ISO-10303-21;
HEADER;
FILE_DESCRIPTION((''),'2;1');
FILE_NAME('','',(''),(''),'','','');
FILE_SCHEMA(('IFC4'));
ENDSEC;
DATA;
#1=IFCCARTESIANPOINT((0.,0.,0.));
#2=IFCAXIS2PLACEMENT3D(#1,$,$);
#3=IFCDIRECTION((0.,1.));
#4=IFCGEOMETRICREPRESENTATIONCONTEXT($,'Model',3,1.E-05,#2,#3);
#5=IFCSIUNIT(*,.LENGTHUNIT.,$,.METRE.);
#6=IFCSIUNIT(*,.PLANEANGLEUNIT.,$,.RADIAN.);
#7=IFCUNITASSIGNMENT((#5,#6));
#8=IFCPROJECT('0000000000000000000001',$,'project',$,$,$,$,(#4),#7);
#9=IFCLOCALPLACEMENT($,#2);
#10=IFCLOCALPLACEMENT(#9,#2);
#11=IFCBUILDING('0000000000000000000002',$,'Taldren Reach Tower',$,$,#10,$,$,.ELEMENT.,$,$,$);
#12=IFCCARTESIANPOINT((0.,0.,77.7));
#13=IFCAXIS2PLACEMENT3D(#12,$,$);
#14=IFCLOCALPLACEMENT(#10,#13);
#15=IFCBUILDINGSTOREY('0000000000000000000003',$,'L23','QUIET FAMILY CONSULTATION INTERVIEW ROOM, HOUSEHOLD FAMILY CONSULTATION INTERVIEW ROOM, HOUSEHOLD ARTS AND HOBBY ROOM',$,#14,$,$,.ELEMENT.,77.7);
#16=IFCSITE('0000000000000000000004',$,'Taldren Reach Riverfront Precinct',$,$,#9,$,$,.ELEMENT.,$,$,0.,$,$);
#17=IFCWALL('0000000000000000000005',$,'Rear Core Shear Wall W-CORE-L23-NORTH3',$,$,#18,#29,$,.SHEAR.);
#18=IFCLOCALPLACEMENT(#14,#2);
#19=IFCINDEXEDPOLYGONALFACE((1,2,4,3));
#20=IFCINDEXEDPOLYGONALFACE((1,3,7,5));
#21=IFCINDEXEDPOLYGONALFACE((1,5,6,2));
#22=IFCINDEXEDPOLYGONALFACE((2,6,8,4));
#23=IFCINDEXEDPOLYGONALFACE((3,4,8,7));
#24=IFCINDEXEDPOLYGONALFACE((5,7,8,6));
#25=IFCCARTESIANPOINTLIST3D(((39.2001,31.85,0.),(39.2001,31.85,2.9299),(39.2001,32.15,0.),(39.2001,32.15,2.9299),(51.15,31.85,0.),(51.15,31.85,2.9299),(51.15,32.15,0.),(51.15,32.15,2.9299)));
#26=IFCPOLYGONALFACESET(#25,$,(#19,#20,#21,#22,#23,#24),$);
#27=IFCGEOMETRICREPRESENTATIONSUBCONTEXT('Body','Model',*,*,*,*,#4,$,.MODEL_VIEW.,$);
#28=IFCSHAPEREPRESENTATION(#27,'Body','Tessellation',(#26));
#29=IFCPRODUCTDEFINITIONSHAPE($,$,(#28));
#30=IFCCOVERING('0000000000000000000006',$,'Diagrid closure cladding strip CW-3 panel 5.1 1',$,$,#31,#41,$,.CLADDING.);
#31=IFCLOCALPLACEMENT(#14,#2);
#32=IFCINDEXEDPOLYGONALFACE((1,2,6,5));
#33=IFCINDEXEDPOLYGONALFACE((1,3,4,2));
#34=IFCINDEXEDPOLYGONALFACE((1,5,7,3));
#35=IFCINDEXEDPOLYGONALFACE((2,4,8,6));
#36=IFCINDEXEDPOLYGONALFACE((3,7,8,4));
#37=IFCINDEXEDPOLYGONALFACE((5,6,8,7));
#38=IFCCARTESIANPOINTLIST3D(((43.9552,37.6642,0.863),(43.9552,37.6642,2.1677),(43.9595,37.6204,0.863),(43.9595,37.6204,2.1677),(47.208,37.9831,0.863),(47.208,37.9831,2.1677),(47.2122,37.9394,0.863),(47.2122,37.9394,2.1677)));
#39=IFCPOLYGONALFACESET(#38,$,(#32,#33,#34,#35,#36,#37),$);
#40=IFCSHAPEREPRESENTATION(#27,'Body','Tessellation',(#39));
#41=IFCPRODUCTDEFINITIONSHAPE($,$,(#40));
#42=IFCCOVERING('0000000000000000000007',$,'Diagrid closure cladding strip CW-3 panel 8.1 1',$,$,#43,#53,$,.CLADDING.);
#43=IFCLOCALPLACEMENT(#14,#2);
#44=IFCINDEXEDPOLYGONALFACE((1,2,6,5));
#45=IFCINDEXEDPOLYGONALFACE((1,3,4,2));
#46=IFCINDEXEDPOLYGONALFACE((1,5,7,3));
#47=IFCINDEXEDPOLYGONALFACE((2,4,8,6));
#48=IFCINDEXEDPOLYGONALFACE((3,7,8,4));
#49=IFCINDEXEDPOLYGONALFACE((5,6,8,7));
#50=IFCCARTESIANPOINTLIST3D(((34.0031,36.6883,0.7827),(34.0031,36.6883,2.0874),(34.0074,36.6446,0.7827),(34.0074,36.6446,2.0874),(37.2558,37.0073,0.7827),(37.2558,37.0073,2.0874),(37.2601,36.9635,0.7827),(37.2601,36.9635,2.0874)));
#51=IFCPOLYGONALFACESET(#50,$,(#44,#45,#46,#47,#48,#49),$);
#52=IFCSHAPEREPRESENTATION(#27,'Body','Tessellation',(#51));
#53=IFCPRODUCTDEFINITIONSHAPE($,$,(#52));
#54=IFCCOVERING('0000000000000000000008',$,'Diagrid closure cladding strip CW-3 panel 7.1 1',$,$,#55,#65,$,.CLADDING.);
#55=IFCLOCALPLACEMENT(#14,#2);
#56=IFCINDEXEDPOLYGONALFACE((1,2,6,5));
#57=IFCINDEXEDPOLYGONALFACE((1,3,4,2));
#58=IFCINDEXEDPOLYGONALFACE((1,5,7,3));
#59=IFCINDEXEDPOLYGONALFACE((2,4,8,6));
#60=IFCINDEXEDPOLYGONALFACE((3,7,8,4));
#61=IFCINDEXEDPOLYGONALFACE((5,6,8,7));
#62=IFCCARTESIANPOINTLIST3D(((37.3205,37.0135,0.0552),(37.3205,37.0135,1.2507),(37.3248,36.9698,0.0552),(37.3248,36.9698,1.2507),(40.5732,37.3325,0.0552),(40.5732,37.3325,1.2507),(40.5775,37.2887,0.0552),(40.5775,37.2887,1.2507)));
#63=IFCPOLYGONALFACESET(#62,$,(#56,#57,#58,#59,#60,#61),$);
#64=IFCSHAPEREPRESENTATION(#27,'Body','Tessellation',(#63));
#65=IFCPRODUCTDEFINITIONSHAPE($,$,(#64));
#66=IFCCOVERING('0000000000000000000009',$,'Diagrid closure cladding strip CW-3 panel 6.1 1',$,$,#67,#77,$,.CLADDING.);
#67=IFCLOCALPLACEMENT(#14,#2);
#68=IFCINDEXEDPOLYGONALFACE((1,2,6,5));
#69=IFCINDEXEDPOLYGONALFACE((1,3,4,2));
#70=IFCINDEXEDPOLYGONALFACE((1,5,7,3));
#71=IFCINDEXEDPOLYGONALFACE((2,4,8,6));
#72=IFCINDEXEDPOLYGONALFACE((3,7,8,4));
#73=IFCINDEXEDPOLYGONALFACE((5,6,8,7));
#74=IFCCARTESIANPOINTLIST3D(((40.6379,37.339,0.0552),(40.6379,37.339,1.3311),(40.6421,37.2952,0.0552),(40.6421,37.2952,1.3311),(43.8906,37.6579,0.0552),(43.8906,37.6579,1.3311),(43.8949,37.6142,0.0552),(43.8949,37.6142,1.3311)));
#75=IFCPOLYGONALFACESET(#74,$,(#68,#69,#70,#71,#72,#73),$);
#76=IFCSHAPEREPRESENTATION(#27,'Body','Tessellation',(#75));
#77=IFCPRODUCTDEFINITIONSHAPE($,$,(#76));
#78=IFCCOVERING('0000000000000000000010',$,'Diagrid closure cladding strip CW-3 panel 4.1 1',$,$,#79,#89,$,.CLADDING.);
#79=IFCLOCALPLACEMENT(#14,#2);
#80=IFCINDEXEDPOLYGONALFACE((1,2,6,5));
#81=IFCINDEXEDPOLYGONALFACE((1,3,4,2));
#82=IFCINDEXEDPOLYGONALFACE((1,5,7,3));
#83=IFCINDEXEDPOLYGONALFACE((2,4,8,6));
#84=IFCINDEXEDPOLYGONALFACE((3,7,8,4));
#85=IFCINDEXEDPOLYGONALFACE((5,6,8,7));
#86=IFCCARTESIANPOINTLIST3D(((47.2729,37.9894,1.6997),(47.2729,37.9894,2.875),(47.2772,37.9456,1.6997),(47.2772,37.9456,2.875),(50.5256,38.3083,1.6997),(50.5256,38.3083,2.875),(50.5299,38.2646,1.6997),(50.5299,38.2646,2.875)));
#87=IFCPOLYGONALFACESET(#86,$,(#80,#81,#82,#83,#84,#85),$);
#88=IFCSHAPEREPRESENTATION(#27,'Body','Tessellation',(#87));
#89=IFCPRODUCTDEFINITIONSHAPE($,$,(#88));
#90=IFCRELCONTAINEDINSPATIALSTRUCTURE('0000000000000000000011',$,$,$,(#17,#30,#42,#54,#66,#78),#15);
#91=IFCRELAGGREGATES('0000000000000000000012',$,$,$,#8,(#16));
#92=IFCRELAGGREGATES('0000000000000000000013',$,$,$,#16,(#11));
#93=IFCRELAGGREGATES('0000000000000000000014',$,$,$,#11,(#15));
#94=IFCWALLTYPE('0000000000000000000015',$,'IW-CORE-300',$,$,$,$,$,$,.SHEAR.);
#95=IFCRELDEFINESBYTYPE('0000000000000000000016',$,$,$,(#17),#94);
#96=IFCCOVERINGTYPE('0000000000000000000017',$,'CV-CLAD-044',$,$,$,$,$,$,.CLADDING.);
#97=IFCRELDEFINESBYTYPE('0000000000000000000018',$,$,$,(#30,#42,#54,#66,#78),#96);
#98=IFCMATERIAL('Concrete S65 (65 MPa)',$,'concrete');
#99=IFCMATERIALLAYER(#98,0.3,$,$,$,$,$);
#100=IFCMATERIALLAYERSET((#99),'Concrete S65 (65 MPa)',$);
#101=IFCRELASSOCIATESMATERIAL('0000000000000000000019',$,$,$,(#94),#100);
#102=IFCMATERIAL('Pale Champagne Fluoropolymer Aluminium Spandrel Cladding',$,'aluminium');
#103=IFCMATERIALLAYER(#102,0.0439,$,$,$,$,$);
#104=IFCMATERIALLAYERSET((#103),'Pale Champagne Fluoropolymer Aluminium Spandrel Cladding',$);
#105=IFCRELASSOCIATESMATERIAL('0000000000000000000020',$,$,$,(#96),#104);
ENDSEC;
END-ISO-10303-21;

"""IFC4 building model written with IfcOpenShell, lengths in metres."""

from ifc_helpers import new_model, si_unit, direction, frame, frame_2d, origin, origin_2d, place, context, subcontext, project, spatial, rectangle, extrude, source, transform, mapped, material, layer, layer_set, type_object, element, save


model = new_model("IFC4")

# Units and contexts
model_context = context("Model", 3, precision=1e-05, world=origin(), true_north=direction((0.0, 1.0)))
body_context = subcontext(model_context, "Body", "Model", "MODEL_VIEW")
ifc_project = project(units=[si_unit("LENGTHUNIT", "METRE"), si_unit("PLANEANGLEUNIT", "RADIAN")], contexts=[model_context])

# Site, building, storey
site_placement = place(None, origin())
site = spatial("IfcSite", under=ifc_project, at=site_placement, Name="Taldren Reach Riverfront Precinct", CompositionType="ELEMENT", RefElevation=0.0)
building_placement = place(site_placement, origin())
building = spatial("IfcBuilding", under=site, at=building_placement, Name="Taldren Reach Tower", CompositionType="ELEMENT")
storey_placement = place(building_placement, frame((0.0, 0.0, 77.7)))
storey = spatial("IfcBuildingStorey", under=building, at=storey_placement, Name="L23", Description="QUIET FAMILY CONSULTATION INTERVIEW ROOM, HOUSEHOLD FAMILY CONSULTATION INTERVIEW ROOM, HOUSEHOLD ARTS AND HOBBY ROOM", CompositionType="ELEMENT", Elevation=77.7)

# Wall
ifc_material_1 = material(Name="Concrete S65 (65 MPa)", Category="concrete")
ifc_layer_1 = layer(ifc_material_1, 0.3)
ifc_layer_set_1 = layer_set([ifc_layer_1], Name="Concrete S65 (65 MPa)")
wall_type = type_object("IfcWallType", Name="IW-CORE-300", PredefinedType="SHEAR", material=ifc_layer_set_1)
shared_shape_1 = source(origin(), body_context, "Body", "SweptSolid", [
    extrude(rectangle(XDim=11.95, YDim=0.3, at=frame_2d((5.9751, 0.0))), origin(), (0.0, 0.0, 1.0), 2.9299),
])
wall_placement = place(storey_placement, frame((39.2, 32.0, 0.0), z_axis=(0.0, 0.0, 1.0), x_axis=(1.0, 0.0, 0.0)))
element("IfcWall", 1, at=wall_placement, inside=storey, type_object=wall_type, Name="Rear Core Shear Wall W-CORE-L23-NORTH3", PredefinedType="SHEAR", context=body_context, shape_type="MappedRepresentation", body=[
    mapped(shared_shape_1, transform((0.0, 0.0, 0.0), scale=1.0)),
])

# Coverings
ifc_material_2 = material(Name="Pale Champagne Fluoropolymer Aluminium Spandrel Cladding", Category="aluminium")
ifc_layer_2 = layer(ifc_material_2, 0.0439)
ifc_layer_set_2 = layer_set([ifc_layer_2], Name="Pale Champagne Fluoropolymer Aluminium Spandrel Cladding")
covering_type = type_object("IfcCoveringType", Name="CV-CLAD-044", PredefinedType="CLADDING", material=ifc_layer_set_2)
shared_shape_2 = source(origin(), body_context, "Body", "SweptSolid", [
    extrude(rectangle(XDim=3.2683, YDim=0.0439, at=origin_2d()), origin(), (0.0, 0.0, 1.0), 1.3047),
])
for number, where, z_axis, x_axis, name in (
    (2, (45.5837, 37.8018, 0.863), (0.0, 0.0, 1.0), (-0.995227, -0.097583, 0.0), "Diagrid closure cladding strip CW-3 panel 5.1 1"),
    (3, (35.6316, 36.8259, 0.7827), (0.0, 0.0, 1.0), (-0.995227, -0.097583, 0.0), "Diagrid closure cladding strip CW-3 panel 8.1 1"),
):
    element("IfcCovering", number, at=place(storey_placement, frame(where, z_axis=z_axis, x_axis=x_axis)), inside=storey, type_object=covering_type, Name=name, PredefinedType="CLADDING", context=body_context, shape_type="MappedRepresentation", body=[
        mapped(shared_shape_2, transform((0.0, 0.0, 0.0), scale=1.0)),
    ])
shared_shape_3 = source(origin(), body_context, "Body", "SweptSolid", [
    extrude(rectangle(XDim=3.2683, YDim=0.0439, at=origin_2d()), origin(), (0.0, 0.0, 1.0), 1.1956),
])
covering_1_placement = place(storey_placement, frame((38.949, 37.1511, 0.0552), z_axis=(0.0, 0.0, 1.0), x_axis=(-0.995227, -0.097583, 0.0)))
element("IfcCovering", 4, at=covering_1_placement, inside=storey, type_object=covering_type, Name="Diagrid closure cladding strip CW-3 panel 7.1 1", PredefinedType="CLADDING", context=body_context, shape_type="MappedRepresentation", body=[
    mapped(shared_shape_3, transform((0.0, 0.0, 0.0), scale=1.0)),
])
shared_shape_4 = source(origin(), body_context, "Body", "SweptSolid", [
    extrude(rectangle(XDim=3.2683, YDim=0.0439, at=origin_2d()), origin(), (0.0, 0.0, 1.0), 1.2759),
])
covering_2_placement = place(storey_placement, frame((42.2664, 37.4766, 0.0552), z_axis=(0.0, 0.0, 1.0), x_axis=(-0.995227, -0.097583, 0.0)))
element("IfcCovering", 5, at=covering_2_placement, inside=storey, type_object=covering_type, Name="Diagrid closure cladding strip CW-3 panel 6.1 1", PredefinedType="CLADDING", context=body_context, shape_type="MappedRepresentation", body=[
    mapped(shared_shape_4, transform((0.0, 0.0, 0.0), scale=1.0)),
])
shared_shape_5 = source(origin(), body_context, "Body", "SweptSolid", [
    extrude(rectangle(XDim=3.2683, YDim=0.0439, at=origin_2d()), origin(), (0.0, 0.0, 1.0), 1.1753),
])
covering_3_placement = place(storey_placement, frame((48.9014, 38.127, 1.6997), z_axis=(0.0, 0.0, 1.0), x_axis=(-0.995227, -0.097583, 0.0)))
element("IfcCovering", 6, at=covering_3_placement, inside=storey, type_object=covering_type, Name="Diagrid closure cladding strip CW-3 panel 4.1 1", PredefinedType="CLADDING", context=body_context, shape_type="MappedRepresentation", body=[
    mapped(shared_shape_5, transform((0.0, 0.0, 0.0), scale=1.0)),
])

save(model, "model.ifc")
